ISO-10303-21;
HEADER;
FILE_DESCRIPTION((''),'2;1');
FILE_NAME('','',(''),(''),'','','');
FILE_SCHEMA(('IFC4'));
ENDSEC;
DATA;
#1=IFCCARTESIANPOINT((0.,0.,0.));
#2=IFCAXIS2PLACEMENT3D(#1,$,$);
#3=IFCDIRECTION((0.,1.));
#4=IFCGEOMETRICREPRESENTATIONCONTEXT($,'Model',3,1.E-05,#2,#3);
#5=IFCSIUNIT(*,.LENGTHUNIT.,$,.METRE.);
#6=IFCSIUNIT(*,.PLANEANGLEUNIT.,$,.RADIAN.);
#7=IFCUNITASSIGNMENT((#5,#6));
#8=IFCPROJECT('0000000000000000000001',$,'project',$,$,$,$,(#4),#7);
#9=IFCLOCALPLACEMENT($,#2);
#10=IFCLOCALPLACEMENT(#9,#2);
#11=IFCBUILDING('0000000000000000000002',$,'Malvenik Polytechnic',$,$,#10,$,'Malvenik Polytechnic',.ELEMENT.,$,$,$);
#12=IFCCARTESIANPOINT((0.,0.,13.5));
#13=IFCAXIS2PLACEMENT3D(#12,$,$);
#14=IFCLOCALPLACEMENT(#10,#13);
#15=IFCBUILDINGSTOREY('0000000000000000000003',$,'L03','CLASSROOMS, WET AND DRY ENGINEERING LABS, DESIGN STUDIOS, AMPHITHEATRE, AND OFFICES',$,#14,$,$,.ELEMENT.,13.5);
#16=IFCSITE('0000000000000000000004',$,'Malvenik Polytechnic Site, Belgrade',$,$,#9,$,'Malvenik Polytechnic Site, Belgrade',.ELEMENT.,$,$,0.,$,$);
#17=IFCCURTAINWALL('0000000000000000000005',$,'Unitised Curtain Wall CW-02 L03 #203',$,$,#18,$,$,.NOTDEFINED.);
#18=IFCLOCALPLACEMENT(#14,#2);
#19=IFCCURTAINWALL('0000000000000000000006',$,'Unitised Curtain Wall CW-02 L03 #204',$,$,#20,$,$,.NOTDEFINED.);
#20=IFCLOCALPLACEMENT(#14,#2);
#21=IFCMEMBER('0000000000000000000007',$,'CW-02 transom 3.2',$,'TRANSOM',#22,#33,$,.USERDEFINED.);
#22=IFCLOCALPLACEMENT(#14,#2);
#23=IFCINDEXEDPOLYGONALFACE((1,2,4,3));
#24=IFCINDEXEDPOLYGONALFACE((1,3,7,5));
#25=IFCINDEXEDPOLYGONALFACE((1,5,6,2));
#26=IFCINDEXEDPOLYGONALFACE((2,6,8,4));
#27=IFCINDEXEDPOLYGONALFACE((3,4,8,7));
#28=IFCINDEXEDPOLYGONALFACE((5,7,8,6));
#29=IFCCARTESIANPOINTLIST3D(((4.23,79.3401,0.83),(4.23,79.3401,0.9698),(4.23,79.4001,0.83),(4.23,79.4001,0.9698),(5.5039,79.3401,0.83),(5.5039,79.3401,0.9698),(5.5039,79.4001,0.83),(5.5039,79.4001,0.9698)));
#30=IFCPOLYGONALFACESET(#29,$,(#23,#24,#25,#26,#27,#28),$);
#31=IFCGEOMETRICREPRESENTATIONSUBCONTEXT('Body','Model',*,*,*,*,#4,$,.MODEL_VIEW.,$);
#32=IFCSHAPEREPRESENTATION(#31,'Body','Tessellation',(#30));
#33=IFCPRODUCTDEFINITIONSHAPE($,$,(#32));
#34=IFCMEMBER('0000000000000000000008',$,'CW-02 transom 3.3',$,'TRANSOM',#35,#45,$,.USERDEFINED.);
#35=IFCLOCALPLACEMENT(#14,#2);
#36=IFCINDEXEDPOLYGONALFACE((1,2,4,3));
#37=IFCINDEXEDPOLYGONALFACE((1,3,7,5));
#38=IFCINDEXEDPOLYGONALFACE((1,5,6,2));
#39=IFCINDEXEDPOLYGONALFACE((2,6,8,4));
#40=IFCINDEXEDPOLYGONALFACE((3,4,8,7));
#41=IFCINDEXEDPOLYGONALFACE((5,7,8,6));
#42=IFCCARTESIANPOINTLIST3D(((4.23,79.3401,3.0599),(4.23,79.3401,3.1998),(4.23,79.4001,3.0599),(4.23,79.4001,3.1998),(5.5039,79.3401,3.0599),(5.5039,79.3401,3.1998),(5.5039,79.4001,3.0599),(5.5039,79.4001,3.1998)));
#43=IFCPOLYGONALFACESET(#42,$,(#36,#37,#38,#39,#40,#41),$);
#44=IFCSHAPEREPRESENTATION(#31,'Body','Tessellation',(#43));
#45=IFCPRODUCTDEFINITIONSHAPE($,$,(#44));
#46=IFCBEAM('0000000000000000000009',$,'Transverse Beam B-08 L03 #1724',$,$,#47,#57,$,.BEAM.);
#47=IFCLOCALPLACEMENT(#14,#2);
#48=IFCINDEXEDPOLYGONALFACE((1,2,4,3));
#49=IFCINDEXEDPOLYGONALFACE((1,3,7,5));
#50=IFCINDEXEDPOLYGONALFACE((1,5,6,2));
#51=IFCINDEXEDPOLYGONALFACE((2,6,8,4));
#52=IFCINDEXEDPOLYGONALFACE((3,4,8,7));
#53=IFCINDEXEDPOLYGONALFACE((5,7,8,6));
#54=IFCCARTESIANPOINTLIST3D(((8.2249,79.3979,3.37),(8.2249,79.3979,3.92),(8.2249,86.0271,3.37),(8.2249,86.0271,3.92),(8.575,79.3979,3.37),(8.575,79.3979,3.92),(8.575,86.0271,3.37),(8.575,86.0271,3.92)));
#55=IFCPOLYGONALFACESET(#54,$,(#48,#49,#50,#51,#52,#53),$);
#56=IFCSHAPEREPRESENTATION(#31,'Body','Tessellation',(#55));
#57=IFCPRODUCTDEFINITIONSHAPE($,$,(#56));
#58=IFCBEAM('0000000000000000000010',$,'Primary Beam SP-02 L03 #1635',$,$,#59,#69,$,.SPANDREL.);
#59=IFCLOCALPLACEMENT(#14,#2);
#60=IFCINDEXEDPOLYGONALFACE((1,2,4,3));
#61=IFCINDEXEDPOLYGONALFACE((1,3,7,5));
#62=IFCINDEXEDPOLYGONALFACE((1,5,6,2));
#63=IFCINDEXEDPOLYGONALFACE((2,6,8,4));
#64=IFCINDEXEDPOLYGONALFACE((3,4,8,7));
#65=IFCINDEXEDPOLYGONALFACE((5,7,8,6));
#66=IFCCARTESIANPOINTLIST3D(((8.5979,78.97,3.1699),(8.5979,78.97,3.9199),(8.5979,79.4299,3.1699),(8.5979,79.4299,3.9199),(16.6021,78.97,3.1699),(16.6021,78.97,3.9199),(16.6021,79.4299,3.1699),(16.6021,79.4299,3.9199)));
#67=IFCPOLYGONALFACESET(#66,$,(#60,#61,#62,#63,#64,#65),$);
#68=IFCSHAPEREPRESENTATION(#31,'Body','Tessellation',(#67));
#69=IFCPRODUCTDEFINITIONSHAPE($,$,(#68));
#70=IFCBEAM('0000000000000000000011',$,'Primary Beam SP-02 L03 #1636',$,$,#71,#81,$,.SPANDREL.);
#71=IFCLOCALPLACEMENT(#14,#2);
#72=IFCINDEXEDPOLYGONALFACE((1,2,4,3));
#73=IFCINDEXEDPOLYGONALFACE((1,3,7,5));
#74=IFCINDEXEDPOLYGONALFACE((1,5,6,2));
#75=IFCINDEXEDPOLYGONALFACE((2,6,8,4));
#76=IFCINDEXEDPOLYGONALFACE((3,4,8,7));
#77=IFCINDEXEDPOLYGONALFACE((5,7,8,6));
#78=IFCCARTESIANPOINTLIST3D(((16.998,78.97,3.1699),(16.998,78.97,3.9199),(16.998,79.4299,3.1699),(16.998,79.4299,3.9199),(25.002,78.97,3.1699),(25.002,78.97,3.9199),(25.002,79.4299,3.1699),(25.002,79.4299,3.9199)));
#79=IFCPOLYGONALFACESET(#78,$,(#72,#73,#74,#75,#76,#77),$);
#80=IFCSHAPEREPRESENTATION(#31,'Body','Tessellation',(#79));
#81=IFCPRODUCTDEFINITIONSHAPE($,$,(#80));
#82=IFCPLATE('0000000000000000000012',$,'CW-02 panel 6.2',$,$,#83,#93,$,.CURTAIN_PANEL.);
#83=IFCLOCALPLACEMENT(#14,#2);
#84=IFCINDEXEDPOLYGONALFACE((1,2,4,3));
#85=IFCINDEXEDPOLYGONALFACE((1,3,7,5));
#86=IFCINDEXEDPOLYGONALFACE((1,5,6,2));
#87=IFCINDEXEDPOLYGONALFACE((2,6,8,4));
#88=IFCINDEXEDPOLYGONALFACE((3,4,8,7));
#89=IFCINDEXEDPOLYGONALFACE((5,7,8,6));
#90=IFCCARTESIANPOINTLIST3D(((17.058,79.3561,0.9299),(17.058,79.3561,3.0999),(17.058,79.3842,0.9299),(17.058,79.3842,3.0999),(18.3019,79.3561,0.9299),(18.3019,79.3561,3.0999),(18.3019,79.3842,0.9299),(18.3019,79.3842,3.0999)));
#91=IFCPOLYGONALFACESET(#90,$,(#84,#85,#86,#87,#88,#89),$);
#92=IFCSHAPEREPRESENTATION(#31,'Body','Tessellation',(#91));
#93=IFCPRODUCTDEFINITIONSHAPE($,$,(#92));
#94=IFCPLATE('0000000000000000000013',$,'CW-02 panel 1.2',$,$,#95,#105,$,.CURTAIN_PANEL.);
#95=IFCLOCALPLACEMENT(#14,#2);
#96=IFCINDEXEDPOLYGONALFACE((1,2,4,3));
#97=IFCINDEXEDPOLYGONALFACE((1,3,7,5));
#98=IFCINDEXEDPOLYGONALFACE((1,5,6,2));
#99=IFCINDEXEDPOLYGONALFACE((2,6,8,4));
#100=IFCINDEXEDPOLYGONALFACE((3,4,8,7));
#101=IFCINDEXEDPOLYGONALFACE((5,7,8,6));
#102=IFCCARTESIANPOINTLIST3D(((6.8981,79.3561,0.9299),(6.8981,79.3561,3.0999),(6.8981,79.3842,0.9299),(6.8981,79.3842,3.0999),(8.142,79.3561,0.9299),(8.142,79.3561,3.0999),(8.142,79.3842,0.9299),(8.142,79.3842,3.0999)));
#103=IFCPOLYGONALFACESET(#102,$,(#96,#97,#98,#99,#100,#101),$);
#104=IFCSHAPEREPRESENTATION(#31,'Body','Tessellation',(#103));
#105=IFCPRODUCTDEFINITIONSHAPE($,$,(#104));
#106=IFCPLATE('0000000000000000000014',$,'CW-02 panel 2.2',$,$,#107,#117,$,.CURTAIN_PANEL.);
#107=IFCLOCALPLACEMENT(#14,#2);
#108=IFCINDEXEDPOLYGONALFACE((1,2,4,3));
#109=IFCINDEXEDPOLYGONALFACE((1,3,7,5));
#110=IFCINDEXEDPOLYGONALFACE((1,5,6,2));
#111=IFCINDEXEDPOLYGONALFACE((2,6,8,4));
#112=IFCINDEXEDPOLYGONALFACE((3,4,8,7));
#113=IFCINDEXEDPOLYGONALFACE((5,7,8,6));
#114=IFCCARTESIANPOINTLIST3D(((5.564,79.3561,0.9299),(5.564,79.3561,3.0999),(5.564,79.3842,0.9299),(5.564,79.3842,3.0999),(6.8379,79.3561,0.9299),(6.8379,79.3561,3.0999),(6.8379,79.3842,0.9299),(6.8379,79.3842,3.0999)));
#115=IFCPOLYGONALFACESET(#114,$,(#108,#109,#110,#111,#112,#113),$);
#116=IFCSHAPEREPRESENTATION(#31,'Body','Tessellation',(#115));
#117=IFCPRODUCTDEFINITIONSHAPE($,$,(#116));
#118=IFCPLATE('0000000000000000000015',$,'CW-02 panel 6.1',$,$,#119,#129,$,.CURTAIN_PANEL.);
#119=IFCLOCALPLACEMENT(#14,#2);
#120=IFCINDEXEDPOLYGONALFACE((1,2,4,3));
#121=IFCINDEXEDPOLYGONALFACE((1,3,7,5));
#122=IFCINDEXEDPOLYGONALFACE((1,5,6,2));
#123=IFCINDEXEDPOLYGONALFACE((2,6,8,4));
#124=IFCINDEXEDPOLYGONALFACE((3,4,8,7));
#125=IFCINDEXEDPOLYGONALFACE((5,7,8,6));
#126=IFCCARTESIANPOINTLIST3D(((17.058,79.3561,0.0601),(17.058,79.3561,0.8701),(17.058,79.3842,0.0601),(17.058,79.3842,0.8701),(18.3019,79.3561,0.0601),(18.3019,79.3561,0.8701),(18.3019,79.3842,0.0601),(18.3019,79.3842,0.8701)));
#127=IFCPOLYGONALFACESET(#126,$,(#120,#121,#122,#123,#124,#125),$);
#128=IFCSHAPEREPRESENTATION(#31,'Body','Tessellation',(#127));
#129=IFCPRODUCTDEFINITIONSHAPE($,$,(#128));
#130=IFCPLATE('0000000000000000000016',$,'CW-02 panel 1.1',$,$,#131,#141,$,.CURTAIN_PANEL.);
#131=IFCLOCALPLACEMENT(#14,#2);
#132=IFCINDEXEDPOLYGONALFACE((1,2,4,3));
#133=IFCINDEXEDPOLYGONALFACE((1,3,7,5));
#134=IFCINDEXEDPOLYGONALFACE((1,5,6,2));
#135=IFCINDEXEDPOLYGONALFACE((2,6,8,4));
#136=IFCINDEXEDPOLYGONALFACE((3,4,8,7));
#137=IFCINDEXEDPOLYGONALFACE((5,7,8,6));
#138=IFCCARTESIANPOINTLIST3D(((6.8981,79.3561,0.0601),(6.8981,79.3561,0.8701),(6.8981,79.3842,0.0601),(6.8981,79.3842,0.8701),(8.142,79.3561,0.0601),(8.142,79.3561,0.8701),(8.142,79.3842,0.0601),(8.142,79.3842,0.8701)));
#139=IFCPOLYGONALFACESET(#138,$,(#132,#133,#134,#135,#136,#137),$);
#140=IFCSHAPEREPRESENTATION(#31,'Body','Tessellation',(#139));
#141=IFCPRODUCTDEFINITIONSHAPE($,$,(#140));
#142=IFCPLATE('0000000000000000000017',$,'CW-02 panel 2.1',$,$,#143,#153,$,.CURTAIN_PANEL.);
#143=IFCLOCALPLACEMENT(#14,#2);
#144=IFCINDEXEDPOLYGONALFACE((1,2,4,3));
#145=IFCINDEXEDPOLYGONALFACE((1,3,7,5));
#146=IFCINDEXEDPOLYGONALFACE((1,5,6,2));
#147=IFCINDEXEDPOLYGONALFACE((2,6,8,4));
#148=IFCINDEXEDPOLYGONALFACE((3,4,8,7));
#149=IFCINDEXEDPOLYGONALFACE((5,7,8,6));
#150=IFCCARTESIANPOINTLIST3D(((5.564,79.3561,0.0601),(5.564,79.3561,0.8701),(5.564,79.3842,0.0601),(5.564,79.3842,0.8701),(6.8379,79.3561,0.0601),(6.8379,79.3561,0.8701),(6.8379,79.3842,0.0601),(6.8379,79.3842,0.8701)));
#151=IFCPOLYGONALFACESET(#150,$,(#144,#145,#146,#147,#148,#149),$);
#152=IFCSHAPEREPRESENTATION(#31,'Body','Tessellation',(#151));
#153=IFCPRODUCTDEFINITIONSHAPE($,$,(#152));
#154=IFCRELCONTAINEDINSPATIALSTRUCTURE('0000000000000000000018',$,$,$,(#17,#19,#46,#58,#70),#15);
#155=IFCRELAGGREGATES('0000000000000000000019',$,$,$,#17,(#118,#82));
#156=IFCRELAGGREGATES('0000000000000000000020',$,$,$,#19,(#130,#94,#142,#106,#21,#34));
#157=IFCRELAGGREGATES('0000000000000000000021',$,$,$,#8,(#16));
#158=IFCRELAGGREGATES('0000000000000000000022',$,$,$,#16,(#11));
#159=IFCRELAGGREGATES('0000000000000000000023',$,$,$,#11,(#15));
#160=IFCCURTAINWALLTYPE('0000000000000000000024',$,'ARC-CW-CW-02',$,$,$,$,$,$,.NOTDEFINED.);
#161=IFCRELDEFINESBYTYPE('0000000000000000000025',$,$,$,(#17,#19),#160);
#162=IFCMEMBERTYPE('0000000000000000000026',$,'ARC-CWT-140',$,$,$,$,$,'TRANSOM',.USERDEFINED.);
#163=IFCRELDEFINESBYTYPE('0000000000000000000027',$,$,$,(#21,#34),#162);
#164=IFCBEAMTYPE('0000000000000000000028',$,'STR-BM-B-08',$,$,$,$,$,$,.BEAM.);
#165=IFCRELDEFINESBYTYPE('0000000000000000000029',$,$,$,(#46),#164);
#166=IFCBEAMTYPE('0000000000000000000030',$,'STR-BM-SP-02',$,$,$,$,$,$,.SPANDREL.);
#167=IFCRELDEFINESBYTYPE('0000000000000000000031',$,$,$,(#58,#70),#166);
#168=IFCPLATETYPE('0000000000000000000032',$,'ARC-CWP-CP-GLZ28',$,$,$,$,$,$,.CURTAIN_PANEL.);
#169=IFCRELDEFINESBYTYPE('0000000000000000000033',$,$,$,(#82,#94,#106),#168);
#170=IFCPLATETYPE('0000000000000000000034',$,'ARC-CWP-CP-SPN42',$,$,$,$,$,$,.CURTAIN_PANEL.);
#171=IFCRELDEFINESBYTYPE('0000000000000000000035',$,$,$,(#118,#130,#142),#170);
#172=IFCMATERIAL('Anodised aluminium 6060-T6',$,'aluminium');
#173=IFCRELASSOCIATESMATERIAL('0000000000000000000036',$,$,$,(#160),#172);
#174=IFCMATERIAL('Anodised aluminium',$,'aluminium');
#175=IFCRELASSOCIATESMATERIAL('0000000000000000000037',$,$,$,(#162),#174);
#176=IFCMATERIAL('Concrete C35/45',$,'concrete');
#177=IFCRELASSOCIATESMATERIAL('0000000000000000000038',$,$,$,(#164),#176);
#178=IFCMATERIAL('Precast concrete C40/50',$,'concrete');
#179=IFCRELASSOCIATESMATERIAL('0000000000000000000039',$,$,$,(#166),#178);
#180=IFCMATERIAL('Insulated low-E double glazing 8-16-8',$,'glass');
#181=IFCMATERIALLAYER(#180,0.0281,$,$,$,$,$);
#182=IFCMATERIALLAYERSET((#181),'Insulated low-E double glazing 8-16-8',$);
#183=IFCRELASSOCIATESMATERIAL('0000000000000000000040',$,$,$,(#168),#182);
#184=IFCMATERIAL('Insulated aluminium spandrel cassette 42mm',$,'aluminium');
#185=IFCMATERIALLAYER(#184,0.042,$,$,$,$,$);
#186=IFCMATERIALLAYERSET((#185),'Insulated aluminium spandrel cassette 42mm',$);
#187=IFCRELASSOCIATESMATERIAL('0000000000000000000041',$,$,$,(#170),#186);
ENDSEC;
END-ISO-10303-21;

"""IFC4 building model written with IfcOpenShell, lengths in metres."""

from ifc_helpers import new_model, si_unit, direction, frame, origin, origin_2d, place, context, subcontext, project, spatial, rectangle, extrude, material, layer, layer_set, material_profile, profile_set, type_object, element, aggregate, save


model = new_model("IFC4")

# Units and contexts
model_context = context("Model", 3, precision=1e-05, world=origin(), true_north=direction((0.0, 1.0)))
body_context = subcontext(model_context, "Body", "Model", "MODEL_VIEW")
ifc_project = project(units=[si_unit("LENGTHUNIT", "METRE"), si_unit("PLANEANGLEUNIT", "RADIAN")], contexts=[model_context])

# Site, building, storey
site_placement = place(None, origin())
site = spatial("IfcSite", under=ifc_project, at=site_placement, Name="Malvenik Polytechnic Site, Belgrade", LongName="Malvenik Polytechnic Site, Belgrade", CompositionType="ELEMENT", RefElevation=0.0)
building_placement = place(site_placement, origin())
building = spatial("IfcBuilding", under=site, at=building_placement, Name="Malvenik Polytechnic", LongName="Malvenik Polytechnic", CompositionType="ELEMENT")
storey_placement = place(building_placement, frame((0.0, 0.0, 13.5)))
storey = spatial("IfcBuildingStorey", under=building, at=storey_placement, Name="L03", Description="CLASSROOMS, WET AND DRY ENGINEERING LABS, DESIGN STUDIOS, AMPHITHEATRE, AND OFFICES", CompositionType="ELEMENT", Elevation=13.5)

# Curtain wall
ifc_material_1 = material(Name="Anodised aluminium 6060-T6", Category="aluminium")
curtain_wall_type = type_object("IfcCurtainWallType", Name="ARC-CW-CW-02", PredefinedType="NOTDEFINED", material=ifc_material_1)
curtain_wall_1_placement = place(storey_placement, origin())
curtain_wall_1 = element("IfcCurtainWall", 1, at=curtain_wall_1_placement, inside=storey, type_object=curtain_wall_type, Name="Unitised Curtain Wall CW-02 L03 #203", PredefinedType="NOTDEFINED")
ifc_material_2 = material(Name="Anodised aluminium", Category="aluminium")

# Curtain wall
curtain_wall_2_placement = place(storey_placement, origin())
curtain_wall_2 = element("IfcCurtainWall", 2, at=curtain_wall_2_placement, inside=storey, type_object=curtain_wall_type, Name="Unitised Curtain Wall CW-02 L03 #204", PredefinedType="NOTDEFINED")

# Members
ifc_material_profile_1 = material_profile(ifc_material_2, rectangle(XDim=0.0601, YDim=0.1399, at=origin_2d()), Name="ALU TRANSOM 60x140")
ifc_profile_set_1 = profile_set([ifc_material_profile_1], Name="Anodised aluminium")
member_type_1 = type_object("IfcMemberType", Name="ARC-CWT-140", ElementType="TRANSOM", PredefinedType="USERDEFINED", material=ifc_profile_set_1)
member_1_placement = place(storey_placement, frame((5.5039, 79.3701, 0.8999), z_axis=(-1.0, 0.0, 0.0), x_axis=(0.0, -1.0, 0.0)))
member_1 = element("IfcMember", 3, at=member_1_placement, type_object=member_type_1, Name="CW-02 transom 3.2", ObjectType="TRANSOM", PredefinedType="USERDEFINED", context=body_context, shape_type="SweptSolid", body=[
    extrude(rectangle(XDim=0.0601, YDim=0.1399, at=origin_2d()), origin(), (0.0, 0.0, 1.0), 1.2739),
])
member_2_placement = place(storey_placement, frame((5.5039, 79.3701, 3.1299), z_axis=(-1.0, 0.0, 0.0), x_axis=(0.0, -1.0, 0.0)))
member_2 = element("IfcMember", 4, at=member_2_placement, type_object=member_type_1, Name="CW-02 transom 3.3", ObjectType="TRANSOM", PredefinedType="USERDEFINED", context=body_context, shape_type="SweptSolid", body=[
    extrude(rectangle(XDim=0.0601, YDim=0.1399, at=origin_2d()), origin(), (0.0, 0.0, 1.0), 1.2739),
])

# Beams
ifc_material_3 = material(Name="Concrete C35/45", Category="concrete")
ifc_material_profile_2 = material_profile(ifc_material_3, rectangle(XDim=0.3501, YDim=0.55, at=origin_2d()), Name="RC BM 350x550")
ifc_profile_set_2 = profile_set([ifc_material_profile_2], Name="Concrete C35/45")
beam_type_1 = type_object("IfcBeamType", Name="STR-BM-B-08", PredefinedType="BEAM", material=ifc_profile_set_2)
beam_1_placement = place(storey_placement, frame((8.3999, 79.3979, 3.645), z_axis=(0.0, 1.0, 0.0), x_axis=(-1.0, 0.0, 0.0)))
element("IfcBeam", 5, at=beam_1_placement, inside=storey, type_object=beam_type_1, Name="Transverse Beam B-08 L03 #1724", PredefinedType="BEAM", context=body_context, shape_type="SweptSolid", body=[
    extrude(rectangle(XDim=0.3501, YDim=0.55, at=origin_2d()), origin(), (0.0, 0.0, 1.0), 6.6292),
])
ifc_material_4 = material(Name="Precast concrete C40/50", Category="concrete")
ifc_material_profile_3 = material_profile(ifc_material_4, rectangle(XDim=0.46, YDim=0.75, at=origin_2d()), Name="PC SPN 460x750")
ifc_profile_set_3 = profile_set([ifc_material_profile_3], Name="Precast concrete C40/50")
beam_type_2 = type_object("IfcBeamType", Name="STR-BM-SP-02", PredefinedType="SPANDREL", material=ifc_profile_set_3)
beam_2_placement = place(storey_placement, frame((8.5979, 79.2, 3.5449), z_axis=(1.0, 0.0, 0.0), x_axis=(0.0, 1.0, 0.0)))
element("IfcBeam", 6, at=beam_2_placement, inside=storey, type_object=beam_type_2, Name="Primary Beam SP-02 L03 #1635", PredefinedType="SPANDREL", context=body_context, shape_type="SweptSolid", body=[
    extrude(rectangle(XDim=0.46, YDim=0.75, at=origin_2d()), origin(), (0.0, 0.0, 1.0), 8.0042),
])
beam_3_placement = place(storey_placement, frame((16.998, 79.2, 3.5449), z_axis=(1.0, 0.0, 0.0), x_axis=(0.0, 1.0, 0.0)))
element("IfcBeam", 7, at=beam_3_placement, inside=storey, type_object=beam_type_2, Name="Primary Beam SP-02 L03 #1636", PredefinedType="SPANDREL", context=body_context, shape_type="SweptSolid", body=[
    extrude(rectangle(XDim=0.46, YDim=0.75, at=origin_2d()), origin(), (0.0, 0.0, 1.0), 8.0039),
])

# Plates
ifc_material_5 = material(Name="Insulated low-E double glazing 8-16-8", Category="glass")
ifc_layer_1 = layer(ifc_material_5, 0.0281)
ifc_layer_set_1 = layer_set([ifc_layer_1], Name="Insulated low-E double glazing 8-16-8")
plate_type_1 = type_object("IfcPlateType", Name="ARC-CWP-CP-GLZ28", PredefinedType="CURTAIN_PANEL", material=ifc_layer_set_1)
plate_1_placement = place(storey_placement, frame((17.6799, 79.3701, 0.9299), z_axis=(0.0, 0.0, 1.0), x_axis=(-1.0, 0.0, 0.0)))
plate_1 = element("IfcPlate", 8, at=plate_1_placement, type_object=plate_type_1, Name="CW-02 panel 6.2", PredefinedType="CURTAIN_PANEL", context=body_context, shape_type="SweptSolid", body=[
    extrude(rectangle(XDim=1.2439, YDim=0.0281, at=origin_2d()), origin(), (0.0, 0.0, 1.0), 2.1699),
])
plate_2_placement = place(storey_placement, frame((7.52, 79.3701, 0.9299), z_axis=(0.0, 0.0, 1.0), x_axis=(-1.0, 0.0, 0.0)))
plate_2 = element("IfcPlate", 9, at=plate_2_placement, type_object=plate_type_1, Name="CW-02 panel 1.2", PredefinedType="CURTAIN_PANEL", context=body_context, shape_type="SweptSolid", body=[
    extrude(rectangle(XDim=1.2439, YDim=0.0281, at=origin_2d()), origin(), (0.0, 0.0, 1.0), 2.1699),
])
plate_3_placement = place(storey_placement, frame((6.2009, 79.3701, 0.9299), z_axis=(0.0, 0.0, 1.0), x_axis=(-1.0, 0.0, 0.0)))
plate_3 = element("IfcPlate", 10, at=plate_3_placement, type_object=plate_type_1, Name="CW-02 panel 2.2", PredefinedType="CURTAIN_PANEL", context=body_context, shape_type="SweptSolid", body=[
    extrude(rectangle(XDim=1.2739, YDim=0.0281, at=origin_2d()), origin(), (0.0, 0.0, 1.0), 2.1699),
])
ifc_material_6 = material(Name="Insulated aluminium spandrel cassette 42mm", Category="aluminium")
ifc_layer_2 = layer(ifc_material_6, 0.042)
ifc_layer_set_2 = layer_set([ifc_layer_2], Name="Insulated aluminium spandrel cassette 42mm")
plate_type_2 = type_object("IfcPlateType", Name="ARC-CWP-CP-SPN42", PredefinedType="CURTAIN_PANEL", material=ifc_layer_set_2)
plate_4_placement = place(storey_placement, frame((17.6799, 79.3701, 0.0601), z_axis=(0.0, 0.0, 1.0), x_axis=(-1.0, 0.0, 0.0)))
plate_4 = element("IfcPlate", 11, at=plate_4_placement, type_object=plate_type_2, Name="CW-02 panel 6.1", PredefinedType="CURTAIN_PANEL", context=body_context, shape_type="SweptSolid", body=[
    extrude(rectangle(XDim=1.2439, YDim=0.0281, at=origin_2d()), origin(), (0.0, 0.0, 1.0), 0.8101),
])
aggregate(curtain_wall_1, [plate_4, plate_1])
plate_5_placement = place(storey_placement, frame((7.52, 79.3701, 0.0601), z_axis=(0.0, 0.0, 1.0), x_axis=(-1.0, 0.0, 0.0)))
plate_5 = element("IfcPlate", 12, at=plate_5_placement, type_object=plate_type_2, Name="CW-02 panel 1.1", PredefinedType="CURTAIN_PANEL", context=body_context, shape_type="SweptSolid", body=[
    extrude(rectangle(XDim=1.2439, YDim=0.0281, at=origin_2d()), origin(), (0.0, 0.0, 1.0), 0.8101),
])
plate_6_placement = place(storey_placement, frame((6.2009, 79.3701, 0.0601), z_axis=(0.0, 0.0, 1.0), x_axis=(-1.0, 0.0, 0.0)))
plate_6 = element("IfcPlate", 13, at=plate_6_placement, type_object=plate_type_2, Name="CW-02 panel 2.1", PredefinedType="CURTAIN_PANEL", context=body_context, shape_type="SweptSolid", body=[
    extrude(rectangle(XDim=1.2739, YDim=0.0281, at=origin_2d()), origin(), (0.0, 0.0, 1.0), 0.8101),
])
aggregate(curtain_wall_2, [plate_5, plate_2, plate_6, plate_3, member_1, member_2])

save(model, "model.ifc")
